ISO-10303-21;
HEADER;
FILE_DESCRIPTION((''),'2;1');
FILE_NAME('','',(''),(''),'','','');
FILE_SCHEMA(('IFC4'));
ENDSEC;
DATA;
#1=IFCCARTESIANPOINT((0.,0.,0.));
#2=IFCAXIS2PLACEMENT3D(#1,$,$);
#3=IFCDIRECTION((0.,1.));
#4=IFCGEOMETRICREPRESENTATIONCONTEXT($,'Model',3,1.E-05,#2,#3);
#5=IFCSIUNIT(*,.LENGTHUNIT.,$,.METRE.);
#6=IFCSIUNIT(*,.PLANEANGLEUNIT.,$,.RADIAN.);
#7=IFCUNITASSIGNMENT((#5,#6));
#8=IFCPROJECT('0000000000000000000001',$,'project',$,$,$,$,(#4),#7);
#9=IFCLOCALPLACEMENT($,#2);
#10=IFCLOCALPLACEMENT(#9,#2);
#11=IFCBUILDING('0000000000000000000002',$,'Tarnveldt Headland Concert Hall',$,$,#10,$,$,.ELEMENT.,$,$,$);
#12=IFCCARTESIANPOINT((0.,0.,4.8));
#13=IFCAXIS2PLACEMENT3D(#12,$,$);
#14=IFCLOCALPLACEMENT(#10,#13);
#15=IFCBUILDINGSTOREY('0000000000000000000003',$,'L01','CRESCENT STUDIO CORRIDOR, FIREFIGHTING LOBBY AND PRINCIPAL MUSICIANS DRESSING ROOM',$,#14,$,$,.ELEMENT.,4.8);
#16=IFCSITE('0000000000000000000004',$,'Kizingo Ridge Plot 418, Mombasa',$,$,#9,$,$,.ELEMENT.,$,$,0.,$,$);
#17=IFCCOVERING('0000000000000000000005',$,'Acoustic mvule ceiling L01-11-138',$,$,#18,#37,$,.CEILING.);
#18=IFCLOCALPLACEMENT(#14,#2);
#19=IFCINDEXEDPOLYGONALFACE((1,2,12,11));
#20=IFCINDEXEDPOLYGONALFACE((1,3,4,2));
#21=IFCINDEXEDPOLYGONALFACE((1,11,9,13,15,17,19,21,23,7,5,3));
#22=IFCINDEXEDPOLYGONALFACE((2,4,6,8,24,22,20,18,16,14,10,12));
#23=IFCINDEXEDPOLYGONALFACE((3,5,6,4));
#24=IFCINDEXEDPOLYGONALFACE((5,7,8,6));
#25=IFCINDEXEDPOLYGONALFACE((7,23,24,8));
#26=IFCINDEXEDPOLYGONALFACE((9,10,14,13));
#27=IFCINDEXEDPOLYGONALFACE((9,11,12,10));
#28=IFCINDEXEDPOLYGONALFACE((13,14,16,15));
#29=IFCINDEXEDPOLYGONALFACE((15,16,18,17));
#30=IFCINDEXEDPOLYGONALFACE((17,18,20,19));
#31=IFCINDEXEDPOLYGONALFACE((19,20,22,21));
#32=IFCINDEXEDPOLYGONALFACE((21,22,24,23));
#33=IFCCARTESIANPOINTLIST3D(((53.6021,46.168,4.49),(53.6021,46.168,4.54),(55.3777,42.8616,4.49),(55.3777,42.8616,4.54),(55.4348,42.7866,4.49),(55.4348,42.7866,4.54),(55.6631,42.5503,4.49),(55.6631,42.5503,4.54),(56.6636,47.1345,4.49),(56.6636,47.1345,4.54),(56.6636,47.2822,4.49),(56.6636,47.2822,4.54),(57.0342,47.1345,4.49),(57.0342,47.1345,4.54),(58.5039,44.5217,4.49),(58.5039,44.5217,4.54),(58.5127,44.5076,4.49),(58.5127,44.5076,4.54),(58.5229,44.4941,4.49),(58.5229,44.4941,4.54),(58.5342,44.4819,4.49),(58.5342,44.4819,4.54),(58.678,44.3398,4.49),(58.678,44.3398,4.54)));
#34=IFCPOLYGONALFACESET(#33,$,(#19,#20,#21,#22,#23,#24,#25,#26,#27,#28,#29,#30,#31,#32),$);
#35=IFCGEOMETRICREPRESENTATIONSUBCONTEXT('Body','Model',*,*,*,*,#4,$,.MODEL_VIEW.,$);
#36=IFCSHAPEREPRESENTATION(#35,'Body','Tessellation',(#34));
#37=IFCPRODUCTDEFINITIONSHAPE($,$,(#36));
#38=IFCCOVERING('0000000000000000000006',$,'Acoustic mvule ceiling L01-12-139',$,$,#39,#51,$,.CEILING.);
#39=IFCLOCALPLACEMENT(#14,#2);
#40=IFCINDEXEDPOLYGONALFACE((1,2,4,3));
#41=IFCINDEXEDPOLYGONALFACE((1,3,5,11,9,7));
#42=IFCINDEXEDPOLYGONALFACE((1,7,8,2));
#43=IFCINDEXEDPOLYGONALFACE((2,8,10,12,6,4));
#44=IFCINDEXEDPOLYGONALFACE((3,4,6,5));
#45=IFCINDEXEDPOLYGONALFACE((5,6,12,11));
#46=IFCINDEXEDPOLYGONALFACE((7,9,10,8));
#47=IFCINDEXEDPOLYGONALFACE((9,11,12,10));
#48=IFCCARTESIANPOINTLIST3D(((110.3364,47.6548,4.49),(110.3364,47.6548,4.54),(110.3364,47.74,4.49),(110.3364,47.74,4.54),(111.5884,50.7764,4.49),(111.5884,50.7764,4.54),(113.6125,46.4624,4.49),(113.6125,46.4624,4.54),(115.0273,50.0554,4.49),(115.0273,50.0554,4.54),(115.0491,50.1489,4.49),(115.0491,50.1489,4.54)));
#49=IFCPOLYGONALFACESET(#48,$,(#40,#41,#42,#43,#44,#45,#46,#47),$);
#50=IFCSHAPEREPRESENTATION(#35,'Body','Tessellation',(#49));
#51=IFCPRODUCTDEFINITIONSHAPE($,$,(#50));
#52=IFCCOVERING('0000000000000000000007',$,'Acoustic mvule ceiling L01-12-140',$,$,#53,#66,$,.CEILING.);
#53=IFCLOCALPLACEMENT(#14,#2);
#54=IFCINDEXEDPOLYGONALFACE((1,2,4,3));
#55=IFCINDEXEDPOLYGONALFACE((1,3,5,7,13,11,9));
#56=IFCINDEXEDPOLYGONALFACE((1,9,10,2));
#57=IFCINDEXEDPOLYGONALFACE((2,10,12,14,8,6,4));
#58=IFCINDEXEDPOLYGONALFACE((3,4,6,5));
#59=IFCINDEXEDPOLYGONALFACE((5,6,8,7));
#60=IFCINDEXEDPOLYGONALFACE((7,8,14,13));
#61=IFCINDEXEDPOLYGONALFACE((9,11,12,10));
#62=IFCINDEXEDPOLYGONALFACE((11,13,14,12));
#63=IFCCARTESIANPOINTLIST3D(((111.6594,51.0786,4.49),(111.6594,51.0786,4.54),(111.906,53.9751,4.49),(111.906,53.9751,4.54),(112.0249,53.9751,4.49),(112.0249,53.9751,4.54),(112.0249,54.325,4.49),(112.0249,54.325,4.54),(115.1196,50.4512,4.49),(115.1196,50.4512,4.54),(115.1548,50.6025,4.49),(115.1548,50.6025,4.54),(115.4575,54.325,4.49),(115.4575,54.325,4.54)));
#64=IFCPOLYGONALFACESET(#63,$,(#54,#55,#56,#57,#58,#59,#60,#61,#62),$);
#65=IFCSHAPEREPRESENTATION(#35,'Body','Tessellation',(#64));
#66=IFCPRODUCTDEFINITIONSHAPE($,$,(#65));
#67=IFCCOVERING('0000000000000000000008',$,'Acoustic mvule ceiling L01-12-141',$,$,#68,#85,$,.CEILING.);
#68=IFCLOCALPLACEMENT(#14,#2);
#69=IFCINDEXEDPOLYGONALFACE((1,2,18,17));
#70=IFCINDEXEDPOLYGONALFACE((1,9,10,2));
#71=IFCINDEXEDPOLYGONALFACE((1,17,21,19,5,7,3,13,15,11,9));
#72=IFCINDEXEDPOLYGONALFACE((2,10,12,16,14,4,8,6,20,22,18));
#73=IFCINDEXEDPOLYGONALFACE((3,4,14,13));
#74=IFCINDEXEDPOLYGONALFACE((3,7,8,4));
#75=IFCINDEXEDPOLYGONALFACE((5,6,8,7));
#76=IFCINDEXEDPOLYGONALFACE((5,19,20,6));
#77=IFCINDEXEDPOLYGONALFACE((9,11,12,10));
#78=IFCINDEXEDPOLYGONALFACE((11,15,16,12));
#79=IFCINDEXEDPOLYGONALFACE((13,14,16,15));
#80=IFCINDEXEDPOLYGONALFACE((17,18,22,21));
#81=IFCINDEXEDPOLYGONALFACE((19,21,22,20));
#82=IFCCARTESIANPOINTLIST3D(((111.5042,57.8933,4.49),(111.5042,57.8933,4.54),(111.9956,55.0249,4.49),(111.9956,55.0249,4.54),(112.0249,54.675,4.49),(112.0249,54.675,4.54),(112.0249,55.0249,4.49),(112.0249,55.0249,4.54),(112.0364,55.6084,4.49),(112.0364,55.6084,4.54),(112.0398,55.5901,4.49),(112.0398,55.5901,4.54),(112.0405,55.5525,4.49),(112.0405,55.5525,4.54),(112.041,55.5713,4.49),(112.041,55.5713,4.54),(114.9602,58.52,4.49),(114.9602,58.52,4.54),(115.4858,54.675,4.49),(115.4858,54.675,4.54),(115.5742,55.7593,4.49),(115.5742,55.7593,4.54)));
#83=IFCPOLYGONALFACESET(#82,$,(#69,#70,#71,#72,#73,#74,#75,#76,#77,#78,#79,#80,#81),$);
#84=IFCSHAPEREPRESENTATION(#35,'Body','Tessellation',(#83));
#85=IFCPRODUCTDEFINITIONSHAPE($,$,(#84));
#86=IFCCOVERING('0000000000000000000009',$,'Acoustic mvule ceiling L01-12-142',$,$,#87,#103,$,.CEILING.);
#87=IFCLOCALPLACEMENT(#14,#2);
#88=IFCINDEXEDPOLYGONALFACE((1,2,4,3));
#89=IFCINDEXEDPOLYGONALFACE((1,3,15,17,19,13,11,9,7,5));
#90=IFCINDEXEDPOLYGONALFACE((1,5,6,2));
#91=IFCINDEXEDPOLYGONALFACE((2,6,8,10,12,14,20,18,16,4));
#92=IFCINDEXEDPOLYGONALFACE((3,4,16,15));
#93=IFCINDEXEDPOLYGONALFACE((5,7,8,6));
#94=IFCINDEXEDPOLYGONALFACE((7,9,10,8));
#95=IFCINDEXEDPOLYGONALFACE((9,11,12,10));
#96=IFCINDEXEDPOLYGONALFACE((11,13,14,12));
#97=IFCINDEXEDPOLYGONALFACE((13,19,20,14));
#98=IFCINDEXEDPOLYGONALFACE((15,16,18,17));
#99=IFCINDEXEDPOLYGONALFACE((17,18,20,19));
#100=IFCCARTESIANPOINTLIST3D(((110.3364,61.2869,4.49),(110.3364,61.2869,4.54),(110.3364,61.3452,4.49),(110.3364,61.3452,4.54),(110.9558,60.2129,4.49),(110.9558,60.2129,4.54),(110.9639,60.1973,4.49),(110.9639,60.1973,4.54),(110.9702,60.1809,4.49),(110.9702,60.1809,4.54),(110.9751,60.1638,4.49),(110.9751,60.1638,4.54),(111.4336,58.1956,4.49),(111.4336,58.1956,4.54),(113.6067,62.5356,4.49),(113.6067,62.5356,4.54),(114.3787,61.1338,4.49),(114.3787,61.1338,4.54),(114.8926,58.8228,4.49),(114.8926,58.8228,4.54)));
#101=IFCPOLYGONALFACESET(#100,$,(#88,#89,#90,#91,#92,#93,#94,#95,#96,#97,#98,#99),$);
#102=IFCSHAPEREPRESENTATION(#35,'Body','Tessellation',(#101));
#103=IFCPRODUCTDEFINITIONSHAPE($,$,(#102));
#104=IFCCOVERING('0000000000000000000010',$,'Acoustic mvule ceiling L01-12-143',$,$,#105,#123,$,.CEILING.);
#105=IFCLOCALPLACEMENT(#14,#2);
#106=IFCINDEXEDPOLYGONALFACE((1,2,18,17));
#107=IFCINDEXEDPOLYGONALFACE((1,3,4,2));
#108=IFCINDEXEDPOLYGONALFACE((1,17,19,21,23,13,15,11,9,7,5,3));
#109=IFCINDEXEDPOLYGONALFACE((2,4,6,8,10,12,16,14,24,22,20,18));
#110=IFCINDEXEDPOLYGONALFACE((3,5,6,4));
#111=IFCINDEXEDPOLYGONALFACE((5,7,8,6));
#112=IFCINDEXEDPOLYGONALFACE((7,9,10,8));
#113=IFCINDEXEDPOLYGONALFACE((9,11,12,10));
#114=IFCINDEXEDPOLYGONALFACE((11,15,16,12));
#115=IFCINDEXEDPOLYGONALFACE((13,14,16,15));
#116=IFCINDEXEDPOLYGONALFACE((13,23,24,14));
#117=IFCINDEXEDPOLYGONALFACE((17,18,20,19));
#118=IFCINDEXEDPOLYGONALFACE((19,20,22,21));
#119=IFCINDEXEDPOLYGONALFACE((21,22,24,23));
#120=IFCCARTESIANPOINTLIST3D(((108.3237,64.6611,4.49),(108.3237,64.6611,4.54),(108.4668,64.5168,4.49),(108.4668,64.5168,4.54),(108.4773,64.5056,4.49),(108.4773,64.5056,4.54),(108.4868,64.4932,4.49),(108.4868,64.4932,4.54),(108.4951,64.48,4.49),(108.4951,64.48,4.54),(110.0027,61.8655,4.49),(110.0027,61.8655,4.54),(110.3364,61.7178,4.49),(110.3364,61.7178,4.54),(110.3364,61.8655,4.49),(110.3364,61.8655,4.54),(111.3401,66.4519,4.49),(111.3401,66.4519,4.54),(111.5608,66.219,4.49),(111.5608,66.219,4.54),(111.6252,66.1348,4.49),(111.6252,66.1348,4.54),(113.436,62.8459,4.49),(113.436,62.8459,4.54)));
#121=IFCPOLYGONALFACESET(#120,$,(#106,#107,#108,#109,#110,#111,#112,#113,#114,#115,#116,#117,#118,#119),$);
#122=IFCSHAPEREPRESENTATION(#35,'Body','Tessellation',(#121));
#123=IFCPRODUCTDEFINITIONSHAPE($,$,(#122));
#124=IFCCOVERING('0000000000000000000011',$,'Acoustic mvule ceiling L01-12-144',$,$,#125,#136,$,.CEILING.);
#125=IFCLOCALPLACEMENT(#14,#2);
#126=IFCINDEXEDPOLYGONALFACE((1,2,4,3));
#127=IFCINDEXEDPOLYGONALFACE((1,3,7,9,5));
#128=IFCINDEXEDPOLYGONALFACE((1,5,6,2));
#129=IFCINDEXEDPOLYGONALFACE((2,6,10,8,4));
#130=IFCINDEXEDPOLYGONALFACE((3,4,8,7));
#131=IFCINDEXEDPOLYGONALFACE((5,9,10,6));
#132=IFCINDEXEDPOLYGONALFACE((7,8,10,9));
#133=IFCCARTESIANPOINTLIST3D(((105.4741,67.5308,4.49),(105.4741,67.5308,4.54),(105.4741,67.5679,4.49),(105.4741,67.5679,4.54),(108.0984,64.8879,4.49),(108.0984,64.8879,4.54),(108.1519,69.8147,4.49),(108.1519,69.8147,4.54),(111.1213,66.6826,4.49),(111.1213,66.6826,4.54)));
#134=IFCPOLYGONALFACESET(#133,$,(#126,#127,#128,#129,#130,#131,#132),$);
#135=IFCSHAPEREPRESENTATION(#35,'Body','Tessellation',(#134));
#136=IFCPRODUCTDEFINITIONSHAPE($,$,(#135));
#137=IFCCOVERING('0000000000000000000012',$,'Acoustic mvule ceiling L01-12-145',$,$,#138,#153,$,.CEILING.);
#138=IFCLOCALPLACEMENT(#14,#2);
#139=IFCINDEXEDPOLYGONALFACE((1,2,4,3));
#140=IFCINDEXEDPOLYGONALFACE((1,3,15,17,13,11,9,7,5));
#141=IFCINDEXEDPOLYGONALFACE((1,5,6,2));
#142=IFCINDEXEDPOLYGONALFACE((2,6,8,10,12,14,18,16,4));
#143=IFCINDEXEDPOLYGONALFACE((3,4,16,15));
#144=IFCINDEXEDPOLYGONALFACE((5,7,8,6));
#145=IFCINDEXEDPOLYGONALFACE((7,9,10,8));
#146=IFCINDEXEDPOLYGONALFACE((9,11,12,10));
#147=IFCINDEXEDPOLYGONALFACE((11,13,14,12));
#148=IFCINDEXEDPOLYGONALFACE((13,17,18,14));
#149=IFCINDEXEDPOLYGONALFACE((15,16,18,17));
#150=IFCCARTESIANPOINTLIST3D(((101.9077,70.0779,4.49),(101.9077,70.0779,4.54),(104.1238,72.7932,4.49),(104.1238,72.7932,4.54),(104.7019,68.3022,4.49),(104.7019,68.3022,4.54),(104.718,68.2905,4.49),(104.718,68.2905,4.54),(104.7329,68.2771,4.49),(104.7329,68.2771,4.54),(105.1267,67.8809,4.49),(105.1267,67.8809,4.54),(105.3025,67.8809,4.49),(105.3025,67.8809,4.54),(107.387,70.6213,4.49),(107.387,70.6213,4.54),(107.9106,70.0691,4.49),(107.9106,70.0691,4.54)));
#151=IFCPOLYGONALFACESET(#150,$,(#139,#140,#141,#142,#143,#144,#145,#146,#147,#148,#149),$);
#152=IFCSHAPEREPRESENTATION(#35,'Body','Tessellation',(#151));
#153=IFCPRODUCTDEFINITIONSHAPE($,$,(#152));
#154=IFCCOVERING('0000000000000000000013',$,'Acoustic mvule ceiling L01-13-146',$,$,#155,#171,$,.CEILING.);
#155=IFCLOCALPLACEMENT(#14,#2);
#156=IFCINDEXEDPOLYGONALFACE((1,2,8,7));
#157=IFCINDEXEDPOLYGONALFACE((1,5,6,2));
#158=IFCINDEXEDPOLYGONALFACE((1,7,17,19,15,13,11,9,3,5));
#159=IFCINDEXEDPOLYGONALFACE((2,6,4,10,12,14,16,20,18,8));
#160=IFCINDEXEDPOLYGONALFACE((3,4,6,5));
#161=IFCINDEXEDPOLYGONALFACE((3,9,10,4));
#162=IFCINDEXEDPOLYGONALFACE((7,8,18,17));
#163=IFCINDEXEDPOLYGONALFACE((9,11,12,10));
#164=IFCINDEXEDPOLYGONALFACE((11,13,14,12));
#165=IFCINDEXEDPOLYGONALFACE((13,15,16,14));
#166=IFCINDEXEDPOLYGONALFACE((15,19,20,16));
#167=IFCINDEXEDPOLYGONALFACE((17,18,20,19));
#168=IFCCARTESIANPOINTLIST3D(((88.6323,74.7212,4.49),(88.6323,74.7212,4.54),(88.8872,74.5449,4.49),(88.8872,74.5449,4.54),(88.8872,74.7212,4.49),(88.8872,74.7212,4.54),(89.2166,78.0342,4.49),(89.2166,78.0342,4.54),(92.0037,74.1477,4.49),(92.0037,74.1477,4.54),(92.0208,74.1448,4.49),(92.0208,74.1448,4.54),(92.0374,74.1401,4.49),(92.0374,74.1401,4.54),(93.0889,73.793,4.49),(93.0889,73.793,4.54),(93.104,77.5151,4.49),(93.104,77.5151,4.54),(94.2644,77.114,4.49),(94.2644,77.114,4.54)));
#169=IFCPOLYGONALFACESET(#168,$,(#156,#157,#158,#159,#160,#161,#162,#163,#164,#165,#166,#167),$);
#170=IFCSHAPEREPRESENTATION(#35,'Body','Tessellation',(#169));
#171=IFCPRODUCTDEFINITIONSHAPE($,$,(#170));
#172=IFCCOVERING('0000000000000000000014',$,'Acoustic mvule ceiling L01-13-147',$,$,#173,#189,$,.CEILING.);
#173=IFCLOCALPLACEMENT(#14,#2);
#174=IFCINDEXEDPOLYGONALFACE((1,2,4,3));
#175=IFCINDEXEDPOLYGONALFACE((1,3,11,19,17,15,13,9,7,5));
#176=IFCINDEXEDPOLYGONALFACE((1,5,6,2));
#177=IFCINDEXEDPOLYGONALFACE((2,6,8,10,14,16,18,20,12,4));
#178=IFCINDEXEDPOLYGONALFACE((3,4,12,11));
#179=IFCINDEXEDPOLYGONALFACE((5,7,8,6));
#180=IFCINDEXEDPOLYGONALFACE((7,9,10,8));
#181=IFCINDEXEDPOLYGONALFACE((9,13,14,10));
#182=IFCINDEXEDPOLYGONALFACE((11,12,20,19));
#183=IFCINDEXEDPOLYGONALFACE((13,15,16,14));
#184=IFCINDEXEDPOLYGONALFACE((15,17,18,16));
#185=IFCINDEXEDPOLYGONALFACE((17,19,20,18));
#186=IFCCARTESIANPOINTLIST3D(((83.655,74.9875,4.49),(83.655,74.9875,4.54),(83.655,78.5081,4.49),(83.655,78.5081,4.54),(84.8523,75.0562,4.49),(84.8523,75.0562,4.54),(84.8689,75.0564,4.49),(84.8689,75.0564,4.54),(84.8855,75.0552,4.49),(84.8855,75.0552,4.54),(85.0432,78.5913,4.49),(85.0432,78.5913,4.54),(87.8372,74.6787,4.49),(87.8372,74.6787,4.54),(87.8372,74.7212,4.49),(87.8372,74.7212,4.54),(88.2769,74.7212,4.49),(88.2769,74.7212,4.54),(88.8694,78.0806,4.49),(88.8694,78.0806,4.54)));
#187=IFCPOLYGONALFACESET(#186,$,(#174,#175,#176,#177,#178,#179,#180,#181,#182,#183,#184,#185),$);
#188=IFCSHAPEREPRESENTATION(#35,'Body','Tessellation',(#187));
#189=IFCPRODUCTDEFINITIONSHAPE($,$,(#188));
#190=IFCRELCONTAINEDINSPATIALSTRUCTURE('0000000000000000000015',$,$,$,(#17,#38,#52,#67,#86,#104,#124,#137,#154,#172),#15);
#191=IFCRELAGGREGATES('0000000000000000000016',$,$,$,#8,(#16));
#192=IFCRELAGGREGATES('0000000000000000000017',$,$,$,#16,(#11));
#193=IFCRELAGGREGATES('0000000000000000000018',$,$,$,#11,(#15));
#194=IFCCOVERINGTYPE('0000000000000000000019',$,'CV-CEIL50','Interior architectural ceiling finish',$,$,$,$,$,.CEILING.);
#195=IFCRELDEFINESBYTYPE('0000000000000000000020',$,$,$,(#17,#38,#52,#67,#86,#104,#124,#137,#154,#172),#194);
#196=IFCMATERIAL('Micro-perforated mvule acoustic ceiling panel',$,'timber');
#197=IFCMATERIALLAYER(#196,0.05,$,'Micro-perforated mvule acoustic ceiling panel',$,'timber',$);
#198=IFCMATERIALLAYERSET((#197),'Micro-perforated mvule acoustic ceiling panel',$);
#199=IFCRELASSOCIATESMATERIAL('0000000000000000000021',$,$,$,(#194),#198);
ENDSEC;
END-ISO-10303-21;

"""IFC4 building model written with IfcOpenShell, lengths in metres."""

from ifc_helpers import new_model, si_unit, direction, frame, origin, place, context, subcontext, project, spatial, polyline, outline, extrude, material, layer, layer_set, type_object, element, save


model = new_model("IFC4")

# Units and contexts
model_context = context("Model", 3, precision=1e-05, world=origin(), true_north=direction((0.0, 1.0)))
body_context = subcontext(model_context, "Body", "Model", "MODEL_VIEW")
ifc_project = project(units=[si_unit("LENGTHUNIT", "METRE"), si_unit("PLANEANGLEUNIT", "RADIAN")], contexts=[model_context])

# Site, building, storey
site_placement = place(None, origin())
site = spatial("IfcSite", under=ifc_project, at=site_placement, Name="Kizingo Ridge Plot 418, Mombasa", CompositionType="ELEMENT", RefElevation=0.0)
building_placement = place(site_placement, origin())
building = spatial("IfcBuilding", under=site, at=building_placement, Name="Tarnveldt Headland Concert Hall", CompositionType="ELEMENT")
storey_placement = place(building_placement, frame((0.0, 0.0, 4.8)))
storey = spatial("IfcBuildingStorey", under=building, at=storey_placement, Name="L01", Description="CRESCENT STUDIO CORRIDOR, FIREFIGHTING LOBBY AND PRINCIPAL MUSICIANS DRESSING ROOM", CompositionType="ELEMENT", Elevation=4.8)

# Coverings
ifc_material = material(Name="Micro-perforated mvule acoustic ceiling panel", Category="timber")
ifc_layer = layer(ifc_material, 0.05, Name="Micro-perforated mvule acoustic ceiling panel", Category="timber")
ifc_layer_set = layer_set([ifc_layer], Name="Micro-perforated mvule acoustic ceiling panel")
covering_type = type_object("IfcCoveringType", Name="CV-CEIL50", Description="Interior architectural ceiling finish", PredefinedType="CEILING", material=ifc_layer_set)
covering_1_placement = place(storey_placement, frame((0.0, 0.0, 4.49)))
element("IfcCovering", 1, at=covering_1_placement, inside=storey, type_object=covering_type, Name="Acoustic mvule ceiling L01-11-138", PredefinedType="CEILING", context=body_context, shape_type="SweptSolid", body=[
    extrude(outline(polyline([(55.3777, 42.8616), (53.6021, 46.168), (56.6636, 47.2822), (56.6636, 47.1345), (57.0342, 47.1345), (58.5039, 44.5217), (58.5127, 44.5076), (58.5229, 44.4941), (58.5342, 44.4819), (58.678, 44.3398), (55.6631, 42.5503), (55.4348, 42.7866), (55.3777, 42.8616)])), origin(), (0.0, 0.0, 1.0), 0.05),
])
covering_2_placement = place(storey_placement, frame((0.0, 0.0, 4.49)))
element("IfcCovering", 2, at=covering_2_placement, inside=storey, type_object=covering_type, Name="Acoustic mvule ceiling L01-12-139", PredefinedType="CEILING", context=body_context, shape_type="SweptSolid", body=[
    extrude(outline(polyline([(115.0491, 50.1489), (115.0273, 50.0554), (113.6125, 46.4624), (110.3364, 47.6548), (110.3364, 47.74), (111.5884, 50.7764), (115.0491, 50.1489)])), origin(), (0.0, 0.0, 1.0), 0.05),
])
covering_3_placement = place(storey_placement, frame((0.0, 0.0, 4.49)))
element("IfcCovering", 3, at=covering_3_placement, inside=storey, type_object=covering_type, Name="Acoustic mvule ceiling L01-12-140", PredefinedType="CEILING", context=body_context, shape_type="SweptSolid", body=[
    extrude(outline(polyline([(112.0249, 53.9751), (112.0249, 54.325), (115.4575, 54.325), (115.1548, 50.6025), (115.1196, 50.4512), (111.6594, 51.0786), (111.906, 53.9751), (112.0249, 53.9751)])), origin(), (0.0, 0.0, 1.0), 0.05),
])
covering_4_placement = place(storey_placement, frame((0.0, 0.0, 4.49)))
element("IfcCovering", 4, at=covering_4_placement, inside=storey, type_object=covering_type, Name="Acoustic mvule ceiling L01-12-141", PredefinedType="CEILING", context=body_context, shape_type="SweptSolid", body=[
    extrude(outline(polyline([(112.0249, 54.675), (112.0249, 55.0249), (111.9956, 55.0249), (112.0405, 55.5525), (112.041, 55.5713), (112.0398, 55.5901), (112.0364, 55.6084), (111.5042, 57.8933), (114.9602, 58.52), (115.5742, 55.7593), (115.4858, 54.675), (112.0249, 54.675)])), origin(), (0.0, 0.0, 1.0), 0.05),
])
covering_5_placement = place(storey_placement, frame((0.0, 0.0, 4.49)))
element("IfcCovering", 5, at=covering_5_placement, inside=storey, type_object=covering_type, Name="Acoustic mvule ceiling L01-12-142", PredefinedType="CEILING", context=body_context, shape_type="SweptSolid", body=[
    extrude(outline(polyline([(111.4336, 58.1956), (110.9751, 60.1638), (110.9702, 60.1809), (110.9639, 60.1973), (110.9558, 60.2129), (110.3364, 61.2869), (110.3364, 61.3452), (113.6067, 62.5356), (114.3787, 61.1338), (114.8926, 58.8228), (111.4336, 58.1956)])), origin(), (0.0, 0.0, 1.0), 0.05),
])
covering_6_placement = place(storey_placement, frame((0.0, 0.0, 4.49)))
element("IfcCovering", 6, at=covering_6_placement, inside=storey, type_object=covering_type, Name="Acoustic mvule ceiling L01-12-143", PredefinedType="CEILING", context=body_context, shape_type="SweptSolid", body=[
    extrude(outline(polyline([(111.3401, 66.4519), (111.5608, 66.219), (111.6252, 66.1348), (113.436, 62.8459), (110.3364, 61.7178), (110.3364, 61.8655), (110.0027, 61.8655), (108.4951, 64.48), (108.4868, 64.4932), (108.4773, 64.5056), (108.4668, 64.5168), (108.3237, 64.6611), (111.3401, 66.4519)])), origin(), (0.0, 0.0, 1.0), 0.05),
])
covering_7_placement = place(storey_placement, frame((0.0, 0.0, 4.49)))
element("IfcCovering", 7, at=covering_7_placement, inside=storey, type_object=covering_type, Name="Acoustic mvule ceiling L01-12-144", PredefinedType="CEILING", context=body_context, shape_type="SweptSolid", body=[
    extrude(outline(polyline([(105.4741, 67.5679), (108.1519, 69.8147), (111.1213, 66.6826), (108.0984, 64.8879), (105.4741, 67.5308), (105.4741, 67.5679)])), origin(), (0.0, 0.0, 1.0), 0.05),
])
covering_8_placement = place(storey_placement, frame((0.0, 0.0, 4.49)))
element("IfcCovering", 8, at=covering_8_placement, inside=storey, type_object=covering_type, Name="Acoustic mvule ceiling L01-12-145", PredefinedType="CEILING", context=body_context, shape_type="SweptSolid", body=[
    extrude(outline(polyline([(104.1238, 72.7932), (107.387, 70.6213), (107.9106, 70.0691), (105.3025, 67.8809), (105.1267, 67.8809), (104.7329, 68.2771), (104.718, 68.2905), (104.7019, 68.3022), (101.9077, 70.0779), (104.1238, 72.7932)])), origin(), (0.0, 0.0, 1.0), 0.05),
])
covering_9_placement = place(storey_placement, frame((0.0, 0.0, 4.49)))
element("IfcCovering", 9, at=covering_9_placement, inside=storey, type_object=covering_type, Name="Acoustic mvule ceiling L01-13-146", PredefinedType="CEILING", context=body_context, shape_type="SweptSolid", body=[
    extrude(outline(polyline([(93.0889, 73.793), (92.0374, 74.1401), (92.0208, 74.1448), (92.0037, 74.1477), (88.8872, 74.5449), (88.8872, 74.7212), (88.6323, 74.7212), (89.2166, 78.0342), (93.104, 77.5151), (94.2644, 77.114), (93.0889, 73.793)])), origin(), (0.0, 0.0, 1.0), 0.05),
])
covering_10_placement = place(storey_placement, frame((0.0, 0.0, 4.49)))
element("IfcCovering", 10, at=covering_10_placement, inside=storey, type_object=covering_type, Name="Acoustic mvule ceiling L01-13-147", PredefinedType="CEILING", context=body_context, shape_type="SweptSolid", body=[
    extrude(outline(polyline([(83.655, 74.9875), (83.655, 78.5081), (85.0432, 78.5913), (88.8694, 78.0806), (88.2769, 74.7212), (87.8372, 74.7212), (87.8372, 74.6787), (84.8855, 75.0552), (84.8689, 75.0564), (84.8523, 75.0562), (83.655, 74.9875)])), origin(), (0.0, 0.0, 1.0), 0.05),
])

save(model, "model.ifc")
